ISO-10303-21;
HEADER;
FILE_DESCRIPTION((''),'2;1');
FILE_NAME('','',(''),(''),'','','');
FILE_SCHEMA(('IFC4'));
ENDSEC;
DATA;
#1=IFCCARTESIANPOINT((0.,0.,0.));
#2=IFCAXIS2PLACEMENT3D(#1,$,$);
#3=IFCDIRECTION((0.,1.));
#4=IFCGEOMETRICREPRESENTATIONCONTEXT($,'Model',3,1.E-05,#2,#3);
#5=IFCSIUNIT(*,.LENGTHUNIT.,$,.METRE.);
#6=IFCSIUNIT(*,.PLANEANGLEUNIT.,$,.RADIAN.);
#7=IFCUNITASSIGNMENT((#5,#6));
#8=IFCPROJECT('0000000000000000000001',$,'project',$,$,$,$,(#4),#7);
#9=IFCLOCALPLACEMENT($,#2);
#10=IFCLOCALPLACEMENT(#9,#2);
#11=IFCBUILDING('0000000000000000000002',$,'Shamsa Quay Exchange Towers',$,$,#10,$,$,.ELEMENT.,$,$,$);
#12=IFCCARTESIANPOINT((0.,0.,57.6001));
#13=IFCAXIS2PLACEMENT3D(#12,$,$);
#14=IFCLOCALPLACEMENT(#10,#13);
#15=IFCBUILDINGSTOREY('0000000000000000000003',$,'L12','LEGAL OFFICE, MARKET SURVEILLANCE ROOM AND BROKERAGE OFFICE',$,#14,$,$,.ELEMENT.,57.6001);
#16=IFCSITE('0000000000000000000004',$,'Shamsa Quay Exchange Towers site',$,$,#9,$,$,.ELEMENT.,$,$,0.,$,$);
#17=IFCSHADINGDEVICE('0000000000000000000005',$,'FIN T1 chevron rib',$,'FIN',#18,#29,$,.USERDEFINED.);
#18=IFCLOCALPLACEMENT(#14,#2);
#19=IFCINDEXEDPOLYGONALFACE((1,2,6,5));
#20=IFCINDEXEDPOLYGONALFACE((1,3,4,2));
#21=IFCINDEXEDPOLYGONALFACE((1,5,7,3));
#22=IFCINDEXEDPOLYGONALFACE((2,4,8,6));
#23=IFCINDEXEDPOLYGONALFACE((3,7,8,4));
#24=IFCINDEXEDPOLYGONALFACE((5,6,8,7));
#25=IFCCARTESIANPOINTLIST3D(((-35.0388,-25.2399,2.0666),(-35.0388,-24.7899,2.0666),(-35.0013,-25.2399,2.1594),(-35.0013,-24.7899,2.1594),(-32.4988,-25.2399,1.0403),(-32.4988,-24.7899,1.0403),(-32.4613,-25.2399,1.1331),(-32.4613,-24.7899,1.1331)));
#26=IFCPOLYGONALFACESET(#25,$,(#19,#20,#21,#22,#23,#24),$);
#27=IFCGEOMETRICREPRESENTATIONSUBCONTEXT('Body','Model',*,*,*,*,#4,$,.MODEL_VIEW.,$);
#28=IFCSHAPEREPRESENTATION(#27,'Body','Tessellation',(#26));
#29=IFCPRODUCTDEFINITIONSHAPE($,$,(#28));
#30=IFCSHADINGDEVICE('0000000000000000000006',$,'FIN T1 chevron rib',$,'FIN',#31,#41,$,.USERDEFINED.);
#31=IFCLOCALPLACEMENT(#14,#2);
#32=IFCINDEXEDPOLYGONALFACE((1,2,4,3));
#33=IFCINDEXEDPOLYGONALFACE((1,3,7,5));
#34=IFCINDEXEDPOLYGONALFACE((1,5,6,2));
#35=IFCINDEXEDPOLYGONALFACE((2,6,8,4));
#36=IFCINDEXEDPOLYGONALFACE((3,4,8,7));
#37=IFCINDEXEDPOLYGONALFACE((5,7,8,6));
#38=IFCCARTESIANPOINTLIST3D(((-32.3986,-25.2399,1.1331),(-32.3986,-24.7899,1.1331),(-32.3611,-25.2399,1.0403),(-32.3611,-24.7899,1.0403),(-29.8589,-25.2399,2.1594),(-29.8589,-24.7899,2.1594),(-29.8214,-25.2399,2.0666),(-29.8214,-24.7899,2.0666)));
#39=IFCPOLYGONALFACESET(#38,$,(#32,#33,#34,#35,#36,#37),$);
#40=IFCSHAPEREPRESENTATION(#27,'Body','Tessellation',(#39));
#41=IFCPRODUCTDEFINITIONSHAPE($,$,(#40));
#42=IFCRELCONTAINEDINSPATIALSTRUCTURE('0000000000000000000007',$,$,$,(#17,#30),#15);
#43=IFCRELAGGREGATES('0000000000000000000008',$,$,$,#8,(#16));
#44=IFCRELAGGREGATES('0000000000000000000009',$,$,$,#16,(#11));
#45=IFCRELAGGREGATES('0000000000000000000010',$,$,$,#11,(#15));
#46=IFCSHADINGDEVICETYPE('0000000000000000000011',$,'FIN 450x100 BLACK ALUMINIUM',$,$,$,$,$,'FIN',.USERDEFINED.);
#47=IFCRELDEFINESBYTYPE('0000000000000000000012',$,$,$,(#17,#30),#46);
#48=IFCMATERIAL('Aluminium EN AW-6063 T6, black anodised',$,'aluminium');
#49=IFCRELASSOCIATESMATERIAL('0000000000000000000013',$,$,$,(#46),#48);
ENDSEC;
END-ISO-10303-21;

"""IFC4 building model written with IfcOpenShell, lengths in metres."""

from ifc_helpers import new_model, si_unit, direction, frame, origin, origin_2d, place, context, subcontext, project, spatial, rectangle, extrude, material, material_profile, profile_set, type_object, element, save


model = new_model("IFC4")

# Units and contexts
model_context = context("Model", 3, precision=1e-05, world=origin(), true_north=direction((0.0, 1.0)))
body_context = subcontext(model_context, "Body", "Model", "MODEL_VIEW")
ifc_project = project(units=[si_unit("LENGTHUNIT", "METRE"), si_unit("PLANEANGLEUNIT", "RADIAN")], contexts=[model_context])

# Site, building, storey
site_placement = place(None, origin())
site = spatial("IfcSite", under=ifc_project, at=site_placement, Name="Shamsa Quay Exchange Towers site", CompositionType="ELEMENT", RefElevation=0.0)
building_placement = place(site_placement, origin())
building = spatial("IfcBuilding", under=site, at=building_placement, Name="Shamsa Quay Exchange Towers", CompositionType="ELEMENT")
storey_placement = place(building_placement, frame((0.0, 0.0, 57.6001)))
storey = spatial("IfcBuildingStorey", under=building, at=storey_placement, Name="L12", Description="LEGAL OFFICE, MARKET SURVEILLANCE ROOM AND BROKERAGE OFFICE", CompositionType="ELEMENT", Elevation=57.6001)

# Shared definitions
ifc_material_1 = material(Name="Aluminium EN AW-6063 T6, black anodised", Category="aluminium")

# Shading devices
ifc_material_profile_1 = material_profile(ifc_material_1, rectangle(XDim=0.45, YDim=0.1001, at=origin_2d()), Name="FIN450x100")
ifc_profile_set_1 = profile_set([ifc_material_profile_1], Name="Aluminium EN AW-6063 T6, black anodised")
shading_device_type = type_object("IfcShadingDeviceType", Name="FIN 450x100 BLACK ALUMINIUM", ElementType="FIN", PredefinedType="USERDEFINED", material=ifc_profile_set_1)
shading_device_1_placement = place(storey_placement, frame((-35.02, -25.0149, 2.113), z_axis=(0.927168, 0.0, -0.374646), x_axis=(0.0, 1.0, 0.0)))
element("IfcShadingDevice", 1, at=shading_device_1_placement, inside=storey, type_object=shading_device_type, Name="FIN T1 chevron rib", ObjectType="FIN", PredefinedType="USERDEFINED", context=body_context, shape_type="SweptSolid", body=[
    extrude(rectangle(XDim=0.45, YDim=0.1001, at=origin_2d()), origin(), (0.0, 0.0, 1.0), 2.7395),
])
shading_device_2_placement = place(storey_placement, frame((-32.3799, -25.0149, 1.0867), z_axis=(0.927156, 0.0, 0.374677), x_axis=(0.0, 1.0, 0.0)))
element("IfcShadingDevice", 2, at=shading_device_2_placement, inside=storey, type_object=shading_device_type, Name="FIN T1 chevron rib", ObjectType="FIN", PredefinedType="USERDEFINED", context=body_context, shape_type="SweptSolid", body=[
    extrude(rectangle(XDim=0.45, YDim=0.1001, at=origin_2d()), origin(), (0.0, 0.0, 1.0), 2.7393),
])

save(model, "model.ifc")
